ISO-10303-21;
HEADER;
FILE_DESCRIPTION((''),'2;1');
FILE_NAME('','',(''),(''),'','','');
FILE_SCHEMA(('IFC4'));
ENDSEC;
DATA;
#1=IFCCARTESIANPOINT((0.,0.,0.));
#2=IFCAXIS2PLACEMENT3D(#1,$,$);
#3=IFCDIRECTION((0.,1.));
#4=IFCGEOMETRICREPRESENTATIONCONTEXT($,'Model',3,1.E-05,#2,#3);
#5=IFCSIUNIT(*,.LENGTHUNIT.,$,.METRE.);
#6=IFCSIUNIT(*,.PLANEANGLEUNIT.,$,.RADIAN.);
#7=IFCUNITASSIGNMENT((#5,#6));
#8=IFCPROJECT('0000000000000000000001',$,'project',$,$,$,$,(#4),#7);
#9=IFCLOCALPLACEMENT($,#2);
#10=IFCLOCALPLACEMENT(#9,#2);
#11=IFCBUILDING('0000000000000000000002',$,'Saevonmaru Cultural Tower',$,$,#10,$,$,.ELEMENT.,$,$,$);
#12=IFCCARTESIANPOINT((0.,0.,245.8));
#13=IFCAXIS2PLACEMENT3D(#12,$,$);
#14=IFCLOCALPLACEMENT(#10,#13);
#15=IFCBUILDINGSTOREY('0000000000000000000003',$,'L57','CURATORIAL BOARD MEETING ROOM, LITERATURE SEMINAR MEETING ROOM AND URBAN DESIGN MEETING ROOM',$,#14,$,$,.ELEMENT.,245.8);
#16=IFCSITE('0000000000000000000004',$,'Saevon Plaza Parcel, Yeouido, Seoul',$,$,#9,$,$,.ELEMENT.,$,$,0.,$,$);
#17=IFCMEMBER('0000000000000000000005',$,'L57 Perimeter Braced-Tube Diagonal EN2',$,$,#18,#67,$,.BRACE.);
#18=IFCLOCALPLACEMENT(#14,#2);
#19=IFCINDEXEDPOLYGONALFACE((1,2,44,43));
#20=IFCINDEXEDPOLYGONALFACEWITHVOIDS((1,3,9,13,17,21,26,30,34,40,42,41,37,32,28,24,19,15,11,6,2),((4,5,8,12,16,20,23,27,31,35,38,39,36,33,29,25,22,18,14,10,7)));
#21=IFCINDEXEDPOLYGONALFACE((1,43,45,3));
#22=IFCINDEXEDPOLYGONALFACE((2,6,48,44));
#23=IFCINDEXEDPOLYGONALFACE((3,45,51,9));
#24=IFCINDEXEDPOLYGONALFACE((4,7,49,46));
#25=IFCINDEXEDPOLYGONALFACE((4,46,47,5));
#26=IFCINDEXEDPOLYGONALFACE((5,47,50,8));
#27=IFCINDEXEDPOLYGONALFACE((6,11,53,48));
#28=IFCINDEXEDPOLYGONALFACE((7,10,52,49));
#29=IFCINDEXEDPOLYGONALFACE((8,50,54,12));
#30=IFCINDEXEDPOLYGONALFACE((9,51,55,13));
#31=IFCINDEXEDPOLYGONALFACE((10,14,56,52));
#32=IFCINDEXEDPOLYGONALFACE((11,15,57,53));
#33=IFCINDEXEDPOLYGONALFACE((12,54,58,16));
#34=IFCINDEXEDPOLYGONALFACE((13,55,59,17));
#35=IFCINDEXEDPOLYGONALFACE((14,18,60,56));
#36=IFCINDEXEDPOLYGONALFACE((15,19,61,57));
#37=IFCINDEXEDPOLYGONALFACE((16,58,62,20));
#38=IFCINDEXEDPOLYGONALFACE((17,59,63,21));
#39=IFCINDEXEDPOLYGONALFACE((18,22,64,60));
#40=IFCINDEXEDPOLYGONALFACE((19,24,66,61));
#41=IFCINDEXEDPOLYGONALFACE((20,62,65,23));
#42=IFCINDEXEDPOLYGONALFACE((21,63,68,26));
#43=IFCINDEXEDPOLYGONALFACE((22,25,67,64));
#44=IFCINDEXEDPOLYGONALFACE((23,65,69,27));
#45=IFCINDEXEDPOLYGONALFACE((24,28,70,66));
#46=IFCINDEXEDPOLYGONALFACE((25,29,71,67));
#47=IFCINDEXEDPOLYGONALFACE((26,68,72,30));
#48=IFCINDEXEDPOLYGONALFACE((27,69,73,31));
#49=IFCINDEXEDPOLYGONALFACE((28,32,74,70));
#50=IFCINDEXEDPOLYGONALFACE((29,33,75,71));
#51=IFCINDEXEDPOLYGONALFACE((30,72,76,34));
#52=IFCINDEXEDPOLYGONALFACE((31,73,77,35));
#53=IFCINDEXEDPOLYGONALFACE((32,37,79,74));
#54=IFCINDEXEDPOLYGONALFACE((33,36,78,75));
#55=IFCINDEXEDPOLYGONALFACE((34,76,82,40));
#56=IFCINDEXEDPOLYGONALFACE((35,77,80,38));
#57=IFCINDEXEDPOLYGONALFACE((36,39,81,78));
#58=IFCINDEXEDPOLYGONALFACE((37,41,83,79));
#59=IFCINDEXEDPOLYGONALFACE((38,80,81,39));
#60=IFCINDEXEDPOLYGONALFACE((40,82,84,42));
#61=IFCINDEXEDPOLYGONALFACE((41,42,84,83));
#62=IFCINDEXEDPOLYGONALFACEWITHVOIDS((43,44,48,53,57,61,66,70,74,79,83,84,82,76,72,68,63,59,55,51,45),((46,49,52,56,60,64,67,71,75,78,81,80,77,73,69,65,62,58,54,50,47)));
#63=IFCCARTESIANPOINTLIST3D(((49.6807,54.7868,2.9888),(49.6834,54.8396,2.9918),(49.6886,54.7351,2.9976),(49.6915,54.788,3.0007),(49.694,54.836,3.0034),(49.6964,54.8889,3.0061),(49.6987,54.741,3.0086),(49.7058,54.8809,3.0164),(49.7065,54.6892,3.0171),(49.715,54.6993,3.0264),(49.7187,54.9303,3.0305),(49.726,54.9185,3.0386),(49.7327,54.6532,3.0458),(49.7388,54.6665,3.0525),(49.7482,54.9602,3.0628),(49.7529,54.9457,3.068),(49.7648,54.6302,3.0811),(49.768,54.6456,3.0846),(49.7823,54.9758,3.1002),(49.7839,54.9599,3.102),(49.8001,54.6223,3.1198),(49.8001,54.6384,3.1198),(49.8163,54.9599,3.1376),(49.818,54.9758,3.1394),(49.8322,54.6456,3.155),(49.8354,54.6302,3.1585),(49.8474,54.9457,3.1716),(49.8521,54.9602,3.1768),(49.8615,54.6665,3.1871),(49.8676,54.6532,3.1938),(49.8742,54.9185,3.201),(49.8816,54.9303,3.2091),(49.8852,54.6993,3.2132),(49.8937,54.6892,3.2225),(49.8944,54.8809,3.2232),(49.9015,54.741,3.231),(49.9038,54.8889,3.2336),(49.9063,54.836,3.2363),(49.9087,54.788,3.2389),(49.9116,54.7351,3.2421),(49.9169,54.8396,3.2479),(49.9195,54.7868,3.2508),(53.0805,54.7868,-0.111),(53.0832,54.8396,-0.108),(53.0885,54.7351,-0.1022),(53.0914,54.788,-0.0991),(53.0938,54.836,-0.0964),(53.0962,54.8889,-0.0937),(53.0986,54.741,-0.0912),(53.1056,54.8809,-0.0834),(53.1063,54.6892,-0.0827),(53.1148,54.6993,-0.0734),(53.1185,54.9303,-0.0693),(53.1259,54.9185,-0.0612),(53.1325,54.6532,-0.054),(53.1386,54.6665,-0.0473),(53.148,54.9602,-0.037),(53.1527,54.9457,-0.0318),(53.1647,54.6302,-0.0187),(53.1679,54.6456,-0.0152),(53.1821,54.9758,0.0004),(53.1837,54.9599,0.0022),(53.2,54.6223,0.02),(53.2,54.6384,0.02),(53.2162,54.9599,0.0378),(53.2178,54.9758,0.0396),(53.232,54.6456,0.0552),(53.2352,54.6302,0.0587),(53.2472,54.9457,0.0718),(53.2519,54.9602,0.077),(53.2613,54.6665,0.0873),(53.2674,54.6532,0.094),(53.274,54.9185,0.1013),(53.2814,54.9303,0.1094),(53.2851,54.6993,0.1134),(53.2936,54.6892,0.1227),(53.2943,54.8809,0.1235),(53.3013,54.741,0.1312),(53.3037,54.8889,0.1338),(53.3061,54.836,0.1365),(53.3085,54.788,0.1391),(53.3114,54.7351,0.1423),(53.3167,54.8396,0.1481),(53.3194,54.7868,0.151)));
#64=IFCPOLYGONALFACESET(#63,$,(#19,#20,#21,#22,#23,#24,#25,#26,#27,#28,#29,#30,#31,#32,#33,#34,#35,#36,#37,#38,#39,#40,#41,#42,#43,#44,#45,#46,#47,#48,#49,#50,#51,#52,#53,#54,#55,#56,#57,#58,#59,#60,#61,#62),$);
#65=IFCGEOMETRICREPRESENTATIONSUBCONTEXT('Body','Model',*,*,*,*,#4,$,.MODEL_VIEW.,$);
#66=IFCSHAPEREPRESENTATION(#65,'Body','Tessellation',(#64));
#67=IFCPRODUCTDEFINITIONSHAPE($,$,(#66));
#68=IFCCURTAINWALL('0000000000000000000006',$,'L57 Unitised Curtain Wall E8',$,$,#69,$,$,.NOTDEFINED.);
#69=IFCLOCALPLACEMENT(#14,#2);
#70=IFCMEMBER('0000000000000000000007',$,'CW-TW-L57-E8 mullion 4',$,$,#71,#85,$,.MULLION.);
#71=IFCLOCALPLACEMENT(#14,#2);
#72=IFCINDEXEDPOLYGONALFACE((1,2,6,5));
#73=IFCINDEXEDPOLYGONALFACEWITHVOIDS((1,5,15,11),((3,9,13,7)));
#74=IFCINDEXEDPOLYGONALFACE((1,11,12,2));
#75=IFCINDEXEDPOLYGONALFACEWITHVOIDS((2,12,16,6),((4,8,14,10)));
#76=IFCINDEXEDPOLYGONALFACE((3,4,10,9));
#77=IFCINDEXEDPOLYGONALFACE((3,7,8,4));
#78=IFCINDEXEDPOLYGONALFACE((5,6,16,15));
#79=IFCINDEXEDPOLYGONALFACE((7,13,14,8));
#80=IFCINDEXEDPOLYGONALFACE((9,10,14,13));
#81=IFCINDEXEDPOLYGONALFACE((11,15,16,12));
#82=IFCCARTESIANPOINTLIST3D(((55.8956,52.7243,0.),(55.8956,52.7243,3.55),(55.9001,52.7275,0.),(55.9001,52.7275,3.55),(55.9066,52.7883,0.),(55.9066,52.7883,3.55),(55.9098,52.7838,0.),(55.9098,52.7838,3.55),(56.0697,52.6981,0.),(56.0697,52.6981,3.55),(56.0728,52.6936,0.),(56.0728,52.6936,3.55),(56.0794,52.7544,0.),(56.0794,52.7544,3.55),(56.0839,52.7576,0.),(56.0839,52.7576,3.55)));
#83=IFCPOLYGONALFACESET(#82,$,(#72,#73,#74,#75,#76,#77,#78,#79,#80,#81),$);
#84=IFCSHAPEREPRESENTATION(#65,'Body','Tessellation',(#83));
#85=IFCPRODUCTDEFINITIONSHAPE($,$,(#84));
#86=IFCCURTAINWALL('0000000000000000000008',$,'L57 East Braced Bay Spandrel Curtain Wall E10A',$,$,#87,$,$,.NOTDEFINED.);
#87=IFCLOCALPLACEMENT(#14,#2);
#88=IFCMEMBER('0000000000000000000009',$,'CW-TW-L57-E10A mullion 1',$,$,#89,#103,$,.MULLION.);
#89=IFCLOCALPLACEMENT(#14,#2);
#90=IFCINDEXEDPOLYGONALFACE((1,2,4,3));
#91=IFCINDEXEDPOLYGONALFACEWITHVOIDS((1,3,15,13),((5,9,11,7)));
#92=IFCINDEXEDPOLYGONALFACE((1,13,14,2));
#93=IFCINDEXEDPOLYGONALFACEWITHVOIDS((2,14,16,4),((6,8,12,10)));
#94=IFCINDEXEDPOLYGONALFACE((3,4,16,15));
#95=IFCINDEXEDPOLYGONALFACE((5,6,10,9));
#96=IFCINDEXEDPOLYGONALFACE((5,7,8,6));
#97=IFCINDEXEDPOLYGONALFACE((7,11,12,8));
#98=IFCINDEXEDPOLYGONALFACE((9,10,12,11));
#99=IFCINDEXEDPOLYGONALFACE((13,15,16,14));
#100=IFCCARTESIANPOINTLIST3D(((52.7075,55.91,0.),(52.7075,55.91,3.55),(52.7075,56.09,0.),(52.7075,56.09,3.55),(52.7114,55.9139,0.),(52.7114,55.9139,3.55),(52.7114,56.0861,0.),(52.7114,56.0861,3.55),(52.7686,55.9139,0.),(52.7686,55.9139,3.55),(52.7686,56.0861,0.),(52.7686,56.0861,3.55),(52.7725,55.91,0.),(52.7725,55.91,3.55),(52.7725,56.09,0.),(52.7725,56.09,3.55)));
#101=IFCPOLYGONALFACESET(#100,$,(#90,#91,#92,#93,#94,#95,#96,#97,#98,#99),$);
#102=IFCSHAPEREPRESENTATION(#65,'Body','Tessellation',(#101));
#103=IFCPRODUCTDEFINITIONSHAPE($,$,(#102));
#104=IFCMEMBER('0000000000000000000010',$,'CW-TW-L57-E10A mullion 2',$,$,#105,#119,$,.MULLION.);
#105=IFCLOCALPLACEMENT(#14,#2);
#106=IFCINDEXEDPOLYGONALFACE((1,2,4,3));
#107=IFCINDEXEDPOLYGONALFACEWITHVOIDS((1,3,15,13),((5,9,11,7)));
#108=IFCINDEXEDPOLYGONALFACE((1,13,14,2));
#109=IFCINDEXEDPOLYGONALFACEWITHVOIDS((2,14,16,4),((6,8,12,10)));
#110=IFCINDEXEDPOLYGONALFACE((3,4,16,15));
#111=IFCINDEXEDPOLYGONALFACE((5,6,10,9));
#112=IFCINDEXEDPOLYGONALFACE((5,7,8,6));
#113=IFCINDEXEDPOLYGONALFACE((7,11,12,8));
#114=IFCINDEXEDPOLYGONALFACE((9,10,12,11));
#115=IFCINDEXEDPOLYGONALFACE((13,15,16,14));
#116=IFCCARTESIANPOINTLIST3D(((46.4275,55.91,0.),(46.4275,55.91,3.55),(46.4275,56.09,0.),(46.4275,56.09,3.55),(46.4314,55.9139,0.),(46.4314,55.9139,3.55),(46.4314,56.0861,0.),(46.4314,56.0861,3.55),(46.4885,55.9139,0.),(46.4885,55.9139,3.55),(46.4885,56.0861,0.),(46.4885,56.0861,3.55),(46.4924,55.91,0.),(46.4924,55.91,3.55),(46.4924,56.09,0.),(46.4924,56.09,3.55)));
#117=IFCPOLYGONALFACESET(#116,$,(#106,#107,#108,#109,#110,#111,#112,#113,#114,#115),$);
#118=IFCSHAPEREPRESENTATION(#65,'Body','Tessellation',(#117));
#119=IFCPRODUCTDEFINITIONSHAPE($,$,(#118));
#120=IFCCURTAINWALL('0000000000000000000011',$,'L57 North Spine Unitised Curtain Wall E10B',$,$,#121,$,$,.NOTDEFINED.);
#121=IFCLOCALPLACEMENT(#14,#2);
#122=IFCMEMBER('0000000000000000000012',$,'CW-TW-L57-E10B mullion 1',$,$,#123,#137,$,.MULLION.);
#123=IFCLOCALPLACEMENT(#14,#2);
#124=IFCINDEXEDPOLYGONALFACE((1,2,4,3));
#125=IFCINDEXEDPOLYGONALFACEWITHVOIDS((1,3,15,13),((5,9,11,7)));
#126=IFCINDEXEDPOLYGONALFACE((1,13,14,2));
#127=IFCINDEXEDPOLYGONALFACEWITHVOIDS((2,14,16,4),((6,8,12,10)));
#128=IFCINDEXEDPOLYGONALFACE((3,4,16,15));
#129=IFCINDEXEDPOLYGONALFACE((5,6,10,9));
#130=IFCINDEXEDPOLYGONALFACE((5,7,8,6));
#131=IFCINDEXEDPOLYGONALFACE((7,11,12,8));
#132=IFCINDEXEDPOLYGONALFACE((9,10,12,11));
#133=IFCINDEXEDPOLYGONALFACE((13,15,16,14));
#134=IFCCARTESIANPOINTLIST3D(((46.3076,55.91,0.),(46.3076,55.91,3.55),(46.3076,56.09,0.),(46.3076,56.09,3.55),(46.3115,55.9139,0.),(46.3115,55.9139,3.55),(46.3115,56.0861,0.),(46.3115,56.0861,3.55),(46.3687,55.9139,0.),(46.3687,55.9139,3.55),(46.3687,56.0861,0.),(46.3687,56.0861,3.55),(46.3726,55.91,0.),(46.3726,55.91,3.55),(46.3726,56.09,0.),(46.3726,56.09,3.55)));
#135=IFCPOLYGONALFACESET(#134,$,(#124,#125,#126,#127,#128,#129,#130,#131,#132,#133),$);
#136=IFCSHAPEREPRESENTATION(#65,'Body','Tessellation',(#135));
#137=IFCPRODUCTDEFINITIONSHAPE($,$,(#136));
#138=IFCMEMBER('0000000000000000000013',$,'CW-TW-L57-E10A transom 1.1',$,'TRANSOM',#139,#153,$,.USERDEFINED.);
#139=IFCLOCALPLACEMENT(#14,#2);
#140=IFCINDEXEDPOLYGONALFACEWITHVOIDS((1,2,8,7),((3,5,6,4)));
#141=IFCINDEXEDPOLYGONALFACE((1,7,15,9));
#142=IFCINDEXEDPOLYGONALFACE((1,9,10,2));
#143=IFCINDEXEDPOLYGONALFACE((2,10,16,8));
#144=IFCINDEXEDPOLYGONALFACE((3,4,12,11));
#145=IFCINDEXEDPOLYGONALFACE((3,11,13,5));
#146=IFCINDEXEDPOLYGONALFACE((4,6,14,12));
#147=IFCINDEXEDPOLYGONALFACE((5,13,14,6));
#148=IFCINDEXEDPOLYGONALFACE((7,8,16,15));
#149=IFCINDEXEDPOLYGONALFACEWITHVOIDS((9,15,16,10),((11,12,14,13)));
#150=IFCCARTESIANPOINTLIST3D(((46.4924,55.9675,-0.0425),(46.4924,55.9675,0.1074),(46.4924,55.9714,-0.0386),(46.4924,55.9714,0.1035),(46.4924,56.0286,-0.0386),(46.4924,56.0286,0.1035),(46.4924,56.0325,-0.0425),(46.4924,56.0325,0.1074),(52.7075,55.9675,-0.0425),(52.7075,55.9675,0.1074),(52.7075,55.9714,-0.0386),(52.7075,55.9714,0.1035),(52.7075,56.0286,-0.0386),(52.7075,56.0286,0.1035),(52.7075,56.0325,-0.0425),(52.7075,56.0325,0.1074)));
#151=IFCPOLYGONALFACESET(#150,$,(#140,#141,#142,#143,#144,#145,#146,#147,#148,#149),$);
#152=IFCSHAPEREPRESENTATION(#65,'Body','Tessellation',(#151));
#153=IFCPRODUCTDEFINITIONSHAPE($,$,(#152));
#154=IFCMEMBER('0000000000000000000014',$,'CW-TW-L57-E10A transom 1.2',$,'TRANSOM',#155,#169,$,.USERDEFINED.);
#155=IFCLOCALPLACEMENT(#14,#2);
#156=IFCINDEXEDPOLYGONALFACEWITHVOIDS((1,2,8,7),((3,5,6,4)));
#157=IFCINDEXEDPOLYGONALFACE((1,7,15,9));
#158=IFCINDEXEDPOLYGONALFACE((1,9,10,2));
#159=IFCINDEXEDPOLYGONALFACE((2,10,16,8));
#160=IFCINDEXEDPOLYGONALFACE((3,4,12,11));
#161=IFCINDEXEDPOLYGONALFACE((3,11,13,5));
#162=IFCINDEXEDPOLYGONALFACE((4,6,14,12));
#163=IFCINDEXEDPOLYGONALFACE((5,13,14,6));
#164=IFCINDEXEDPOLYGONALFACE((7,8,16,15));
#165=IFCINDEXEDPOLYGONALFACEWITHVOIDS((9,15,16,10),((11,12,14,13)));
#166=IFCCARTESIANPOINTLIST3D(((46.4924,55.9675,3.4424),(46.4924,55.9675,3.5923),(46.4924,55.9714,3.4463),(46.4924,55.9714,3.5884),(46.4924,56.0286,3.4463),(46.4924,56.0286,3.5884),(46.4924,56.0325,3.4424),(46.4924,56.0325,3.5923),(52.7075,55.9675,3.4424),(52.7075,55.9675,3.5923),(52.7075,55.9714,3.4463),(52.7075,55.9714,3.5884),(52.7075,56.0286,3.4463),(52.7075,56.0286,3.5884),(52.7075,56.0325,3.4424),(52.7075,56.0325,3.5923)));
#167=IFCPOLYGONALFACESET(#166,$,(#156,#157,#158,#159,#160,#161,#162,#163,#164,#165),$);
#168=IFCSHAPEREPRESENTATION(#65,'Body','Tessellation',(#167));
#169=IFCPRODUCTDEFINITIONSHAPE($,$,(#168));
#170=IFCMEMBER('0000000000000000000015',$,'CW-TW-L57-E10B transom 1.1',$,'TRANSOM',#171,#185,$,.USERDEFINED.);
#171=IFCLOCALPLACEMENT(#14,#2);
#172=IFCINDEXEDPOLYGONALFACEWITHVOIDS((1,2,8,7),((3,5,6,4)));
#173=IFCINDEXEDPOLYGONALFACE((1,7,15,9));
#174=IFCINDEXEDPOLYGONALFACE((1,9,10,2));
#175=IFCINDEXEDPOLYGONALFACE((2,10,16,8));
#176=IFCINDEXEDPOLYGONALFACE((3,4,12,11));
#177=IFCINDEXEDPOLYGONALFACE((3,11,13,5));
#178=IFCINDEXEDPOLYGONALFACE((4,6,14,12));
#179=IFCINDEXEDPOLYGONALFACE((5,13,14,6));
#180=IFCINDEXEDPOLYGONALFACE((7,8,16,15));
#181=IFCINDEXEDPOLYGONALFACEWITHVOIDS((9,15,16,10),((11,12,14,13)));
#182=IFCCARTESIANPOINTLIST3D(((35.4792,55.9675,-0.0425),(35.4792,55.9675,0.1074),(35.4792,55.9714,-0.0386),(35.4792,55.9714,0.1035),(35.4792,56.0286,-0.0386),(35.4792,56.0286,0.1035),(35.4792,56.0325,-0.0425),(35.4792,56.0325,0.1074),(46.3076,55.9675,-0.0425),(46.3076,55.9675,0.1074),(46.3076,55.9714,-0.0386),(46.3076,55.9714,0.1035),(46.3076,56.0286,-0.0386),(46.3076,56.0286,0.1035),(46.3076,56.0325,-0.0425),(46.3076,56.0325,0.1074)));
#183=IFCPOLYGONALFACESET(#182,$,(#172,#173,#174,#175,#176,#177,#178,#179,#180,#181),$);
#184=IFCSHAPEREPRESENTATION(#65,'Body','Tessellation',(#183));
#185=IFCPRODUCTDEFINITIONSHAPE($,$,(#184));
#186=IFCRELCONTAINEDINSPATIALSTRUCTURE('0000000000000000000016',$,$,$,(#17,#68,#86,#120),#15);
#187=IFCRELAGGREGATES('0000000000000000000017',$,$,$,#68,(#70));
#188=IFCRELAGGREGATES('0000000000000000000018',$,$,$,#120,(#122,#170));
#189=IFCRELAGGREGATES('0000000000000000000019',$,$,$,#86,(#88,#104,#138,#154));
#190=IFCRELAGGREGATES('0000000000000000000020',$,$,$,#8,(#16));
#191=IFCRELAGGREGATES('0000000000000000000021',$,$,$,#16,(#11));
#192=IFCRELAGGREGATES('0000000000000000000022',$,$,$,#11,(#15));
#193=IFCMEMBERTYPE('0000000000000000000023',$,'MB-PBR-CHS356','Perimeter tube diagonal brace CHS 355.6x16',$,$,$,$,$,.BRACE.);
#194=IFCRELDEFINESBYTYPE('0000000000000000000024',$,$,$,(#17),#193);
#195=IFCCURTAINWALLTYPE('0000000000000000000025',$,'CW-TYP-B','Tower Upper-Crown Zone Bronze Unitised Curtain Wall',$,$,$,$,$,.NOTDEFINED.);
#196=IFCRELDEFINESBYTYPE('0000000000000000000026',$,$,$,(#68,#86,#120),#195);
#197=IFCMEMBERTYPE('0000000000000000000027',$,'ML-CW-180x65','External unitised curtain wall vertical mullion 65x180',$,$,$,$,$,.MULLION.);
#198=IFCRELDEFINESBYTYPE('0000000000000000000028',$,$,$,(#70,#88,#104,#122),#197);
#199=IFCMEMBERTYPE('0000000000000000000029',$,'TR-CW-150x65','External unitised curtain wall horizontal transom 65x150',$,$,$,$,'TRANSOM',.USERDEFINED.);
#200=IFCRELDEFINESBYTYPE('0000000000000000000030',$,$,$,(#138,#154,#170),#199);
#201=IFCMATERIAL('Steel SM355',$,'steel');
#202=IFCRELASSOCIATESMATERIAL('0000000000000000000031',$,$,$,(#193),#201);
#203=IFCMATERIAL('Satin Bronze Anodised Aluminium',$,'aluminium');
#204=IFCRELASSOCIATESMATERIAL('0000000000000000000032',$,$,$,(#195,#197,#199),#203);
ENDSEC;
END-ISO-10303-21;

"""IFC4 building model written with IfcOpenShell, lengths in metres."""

from ifc_helpers import new_model, si_unit, direction, frame, origin, origin_2d, place, context, subcontext, project, spatial, hollow_rectangle, hollow_circle, extrude, material, material_profile, profile_set, type_object, element, aggregate, save


model = new_model("IFC4")

# Units and contexts
model_context = context("Model", 3, precision=1e-05, world=origin(), true_north=direction((0.0, 1.0)))
body_context = subcontext(model_context, "Body", "Model", "MODEL_VIEW")
ifc_project = project(units=[si_unit("LENGTHUNIT", "METRE"), si_unit("PLANEANGLEUNIT", "RADIAN")], contexts=[model_context])

# Site, building, storey
site_placement = place(None, origin())
site = spatial("IfcSite", under=ifc_project, at=site_placement, Name="Saevon Plaza Parcel, Yeouido, Seoul", CompositionType="ELEMENT", RefElevation=0.0)
building_placement = place(site_placement, origin())
building = spatial("IfcBuilding", under=site, at=building_placement, Name="Saevonmaru Cultural Tower", CompositionType="ELEMENT")
storey_placement = place(building_placement, frame((0.0, 0.0, 245.8)))
storey = spatial("IfcBuildingStorey", under=building, at=storey_placement, Name="L57", Description="CURATORIAL BOARD MEETING ROOM, LITERATURE SEMINAR MEETING ROOM AND URBAN DESIGN MEETING ROOM", CompositionType="ELEMENT", Elevation=245.8)

# Shared definitions
ifc_material_1 = material(Name="Steel SM355", Category="steel")

# Member
ifc_material_profile_1 = material_profile(ifc_material_1, hollow_circle(Radius=0.1777, WallThickness=0.0161, at=origin_2d()), Name="CHS-355.6x16")
ifc_profile_set_1 = profile_set([ifc_material_profile_1], Name="Steel SM355")
member_type_1 = type_object("IfcMemberType", Name="MB-PBR-CHS356", Description="Perimeter tube diagonal brace CHS 355.6x16", PredefinedType="BRACE", material=ifc_profile_set_1)
member_1_placement = place(storey_placement, frame((53.2, 54.8, 0.02), z_axis=(-0.738962, 0.0, 0.673747), x_axis=(0.0, -1.0, 0.0)))
element("IfcMember", 1, at=member_1_placement, inside=storey, type_object=member_type_1, Name="L57 Perimeter Braced-Tube Diagonal EN2", PredefinedType="BRACE", context=body_context, shape_type="SweptSolid", body=[
    extrude(hollow_circle(Radius=0.1777, WallThickness=0.0161, at=origin_2d()), origin(), (0.0, 0.0, 1.0), 4.6008),
])

# Curtain wall, member
ifc_material_2 = material(Name="Satin Bronze Anodised Aluminium", Category="aluminium")
curtain_wall_type = type_object("IfcCurtainWallType", Name="CW-TYP-B", Description="Tower Upper-Crown Zone Bronze Unitised Curtain Wall", PredefinedType="NOTDEFINED", material=ifc_material_2)
curtain_wall_1_placement = place(storey_placement, origin())
curtain_wall_1 = element("IfcCurtainWall", 2, at=curtain_wall_1_placement, inside=storey, type_object=curtain_wall_type, Name="L57 Unitised Curtain Wall E8", PredefinedType="NOTDEFINED")
ifc_material_profile_2 = material_profile(ifc_material_2, hollow_rectangle(XDim=0.0649, YDim=0.1799, WallThickness=0.0039, at=origin_2d()), Name="ALU-MULL-180x65x4")
ifc_profile_set_2 = profile_set([ifc_material_profile_2], Name="Satin Bronze Anodised Aluminium")
member_type_2 = type_object("IfcMemberType", Name="ML-CW-180x65", Description="External unitised curtain wall vertical mullion 65x180", PredefinedType="MULLION", material=ifc_profile_set_2)
member_2_placement = place(storey_placement, frame((55.9897, 52.741, 0.0), z_axis=(0.0, 0.0, 1.0), x_axis=(0.17079, 0.985307, 0.0)))
member_2 = element("IfcMember", 3, at=member_2_placement, type_object=member_type_2, Name="CW-TW-L57-E8 mullion 4", PredefinedType="MULLION", context=body_context, shape_type="SweptSolid", body=[
    extrude(hollow_rectangle(XDim=0.0649, YDim=0.1799, WallThickness=0.0039, at=origin_2d()), origin(), (0.0, 0.0, 1.0), 3.55),
])
aggregate(curtain_wall_1, [member_2])

# Curtain wall, members
curtain_wall_2_placement = place(storey_placement, origin())
curtain_wall_2 = element("IfcCurtainWall", 4, at=curtain_wall_2_placement, inside=storey, type_object=curtain_wall_type, Name="L57 East Braced Bay Spandrel Curtain Wall E10A", PredefinedType="NOTDEFINED")
member_3_placement = place(storey_placement, frame((52.74, 56.0, 0.0), z_axis=(0.0, 0.0, 1.0), x_axis=(-1.0, 0.0, 0.0)))
member_3 = element("IfcMember", 5, at=member_3_placement, type_object=member_type_2, Name="CW-TW-L57-E10A mullion 1", PredefinedType="MULLION", context=body_context, shape_type="SweptSolid", body=[
    extrude(hollow_rectangle(XDim=0.0649, YDim=0.1799, WallThickness=0.0039, at=origin_2d()), origin(), (0.0, 0.0, 1.0), 3.55),
])
member_4_placement = place(storey_placement, frame((46.46, 56.0, 0.0), z_axis=(0.0, 0.0, 1.0), x_axis=(-1.0, 0.0, 0.0)))
member_4 = element("IfcMember", 6, at=member_4_placement, type_object=member_type_2, Name="CW-TW-L57-E10A mullion 2", PredefinedType="MULLION", context=body_context, shape_type="SweptSolid", body=[
    extrude(hollow_rectangle(XDim=0.0649, YDim=0.1799, WallThickness=0.0039, at=origin_2d()), origin(), (0.0, 0.0, 1.0), 3.55),
])

# Curtain wall, member
curtain_wall_3_placement = place(storey_placement, origin())
curtain_wall_3 = element("IfcCurtainWall", 7, at=curtain_wall_3_placement, inside=storey, type_object=curtain_wall_type, Name="L57 North Spine Unitised Curtain Wall E10B", PredefinedType="NOTDEFINED")
member_5_placement = place(storey_placement, frame((46.3401, 56.0, 0.0), z_axis=(0.0, 0.0, 1.0), x_axis=(-1.0, 0.0, 0.0)))
member_5 = element("IfcMember", 8, at=member_5_placement, type_object=member_type_2, Name="CW-TW-L57-E10B mullion 1", PredefinedType="MULLION", context=body_context, shape_type="SweptSolid", body=[
    extrude(hollow_rectangle(XDim=0.0649, YDim=0.1799, WallThickness=0.0039, at=origin_2d()), origin(), (0.0, 0.0, 1.0), 3.55),
])

# Members
ifc_material_profile_3 = material_profile(ifc_material_2, hollow_rectangle(XDim=0.0649, YDim=0.1499, WallThickness=0.0039, at=origin_2d()), Name="ALU-TRAN-150x65x4")
ifc_profile_set_3 = profile_set([ifc_material_profile_3], Name="Satin Bronze Anodised Aluminium")
member_type_3 = type_object("IfcMemberType", Name="TR-CW-150x65", Description="External unitised curtain wall horizontal transom 65x150", ElementType="TRANSOM", PredefinedType="USERDEFINED", material=ifc_profile_set_3)
member_6_placement = place(storey_placement, frame((52.7075, 56.0, 0.0325), z_axis=(-1.0, 0.0, 0.0), x_axis=(0.0, -1.0, 0.0)))
member_6 = element("IfcMember", 9, at=member_6_placement, type_object=member_type_3, Name="CW-TW-L57-E10A transom 1.1", ObjectType="TRANSOM", PredefinedType="USERDEFINED", context=body_context, shape_type="SweptSolid", body=[
    extrude(hollow_rectangle(XDim=0.0649, YDim=0.1499, WallThickness=0.0039, at=origin_2d()), origin(), (0.0, 0.0, 1.0), 6.2151),
])
member_7_placement = place(storey_placement, frame((52.7075, 56.0, 3.5173), z_axis=(-1.0, 0.0, 0.0), x_axis=(0.0, -1.0, 0.0)))
member_7 = element("IfcMember", 10, at=member_7_placement, type_object=member_type_3, Name="CW-TW-L57-E10A transom 1.2", ObjectType="TRANSOM", PredefinedType="USERDEFINED", context=body_context, shape_type="SweptSolid", body=[
    extrude(hollow_rectangle(XDim=0.0649, YDim=0.1499, WallThickness=0.0039, at=origin_2d()), origin(), (0.0, 0.0, 1.0), 6.2151),
])
member_8_placement = place(storey_placement, frame((46.3076, 56.0, 0.0325), z_axis=(-1.0, 0.0, 0.0), x_axis=(0.0, -1.0, 0.0)))
member_8 = element("IfcMember", 11, at=member_8_placement, type_object=member_type_3, Name="CW-TW-L57-E10B transom 1.1", ObjectType="TRANSOM", PredefinedType="USERDEFINED", context=body_context, shape_type="SweptSolid", body=[
    extrude(hollow_rectangle(XDim=0.0649, YDim=0.1499, WallThickness=0.0039, at=origin_2d()), origin(), (0.0, 0.0, 1.0), 10.8284),
])
aggregate(curtain_wall_3, [member_5, member_8])

aggregate(curtain_wall_2, [member_3, member_4, member_6, member_7])

save(model, "model.ifc")
